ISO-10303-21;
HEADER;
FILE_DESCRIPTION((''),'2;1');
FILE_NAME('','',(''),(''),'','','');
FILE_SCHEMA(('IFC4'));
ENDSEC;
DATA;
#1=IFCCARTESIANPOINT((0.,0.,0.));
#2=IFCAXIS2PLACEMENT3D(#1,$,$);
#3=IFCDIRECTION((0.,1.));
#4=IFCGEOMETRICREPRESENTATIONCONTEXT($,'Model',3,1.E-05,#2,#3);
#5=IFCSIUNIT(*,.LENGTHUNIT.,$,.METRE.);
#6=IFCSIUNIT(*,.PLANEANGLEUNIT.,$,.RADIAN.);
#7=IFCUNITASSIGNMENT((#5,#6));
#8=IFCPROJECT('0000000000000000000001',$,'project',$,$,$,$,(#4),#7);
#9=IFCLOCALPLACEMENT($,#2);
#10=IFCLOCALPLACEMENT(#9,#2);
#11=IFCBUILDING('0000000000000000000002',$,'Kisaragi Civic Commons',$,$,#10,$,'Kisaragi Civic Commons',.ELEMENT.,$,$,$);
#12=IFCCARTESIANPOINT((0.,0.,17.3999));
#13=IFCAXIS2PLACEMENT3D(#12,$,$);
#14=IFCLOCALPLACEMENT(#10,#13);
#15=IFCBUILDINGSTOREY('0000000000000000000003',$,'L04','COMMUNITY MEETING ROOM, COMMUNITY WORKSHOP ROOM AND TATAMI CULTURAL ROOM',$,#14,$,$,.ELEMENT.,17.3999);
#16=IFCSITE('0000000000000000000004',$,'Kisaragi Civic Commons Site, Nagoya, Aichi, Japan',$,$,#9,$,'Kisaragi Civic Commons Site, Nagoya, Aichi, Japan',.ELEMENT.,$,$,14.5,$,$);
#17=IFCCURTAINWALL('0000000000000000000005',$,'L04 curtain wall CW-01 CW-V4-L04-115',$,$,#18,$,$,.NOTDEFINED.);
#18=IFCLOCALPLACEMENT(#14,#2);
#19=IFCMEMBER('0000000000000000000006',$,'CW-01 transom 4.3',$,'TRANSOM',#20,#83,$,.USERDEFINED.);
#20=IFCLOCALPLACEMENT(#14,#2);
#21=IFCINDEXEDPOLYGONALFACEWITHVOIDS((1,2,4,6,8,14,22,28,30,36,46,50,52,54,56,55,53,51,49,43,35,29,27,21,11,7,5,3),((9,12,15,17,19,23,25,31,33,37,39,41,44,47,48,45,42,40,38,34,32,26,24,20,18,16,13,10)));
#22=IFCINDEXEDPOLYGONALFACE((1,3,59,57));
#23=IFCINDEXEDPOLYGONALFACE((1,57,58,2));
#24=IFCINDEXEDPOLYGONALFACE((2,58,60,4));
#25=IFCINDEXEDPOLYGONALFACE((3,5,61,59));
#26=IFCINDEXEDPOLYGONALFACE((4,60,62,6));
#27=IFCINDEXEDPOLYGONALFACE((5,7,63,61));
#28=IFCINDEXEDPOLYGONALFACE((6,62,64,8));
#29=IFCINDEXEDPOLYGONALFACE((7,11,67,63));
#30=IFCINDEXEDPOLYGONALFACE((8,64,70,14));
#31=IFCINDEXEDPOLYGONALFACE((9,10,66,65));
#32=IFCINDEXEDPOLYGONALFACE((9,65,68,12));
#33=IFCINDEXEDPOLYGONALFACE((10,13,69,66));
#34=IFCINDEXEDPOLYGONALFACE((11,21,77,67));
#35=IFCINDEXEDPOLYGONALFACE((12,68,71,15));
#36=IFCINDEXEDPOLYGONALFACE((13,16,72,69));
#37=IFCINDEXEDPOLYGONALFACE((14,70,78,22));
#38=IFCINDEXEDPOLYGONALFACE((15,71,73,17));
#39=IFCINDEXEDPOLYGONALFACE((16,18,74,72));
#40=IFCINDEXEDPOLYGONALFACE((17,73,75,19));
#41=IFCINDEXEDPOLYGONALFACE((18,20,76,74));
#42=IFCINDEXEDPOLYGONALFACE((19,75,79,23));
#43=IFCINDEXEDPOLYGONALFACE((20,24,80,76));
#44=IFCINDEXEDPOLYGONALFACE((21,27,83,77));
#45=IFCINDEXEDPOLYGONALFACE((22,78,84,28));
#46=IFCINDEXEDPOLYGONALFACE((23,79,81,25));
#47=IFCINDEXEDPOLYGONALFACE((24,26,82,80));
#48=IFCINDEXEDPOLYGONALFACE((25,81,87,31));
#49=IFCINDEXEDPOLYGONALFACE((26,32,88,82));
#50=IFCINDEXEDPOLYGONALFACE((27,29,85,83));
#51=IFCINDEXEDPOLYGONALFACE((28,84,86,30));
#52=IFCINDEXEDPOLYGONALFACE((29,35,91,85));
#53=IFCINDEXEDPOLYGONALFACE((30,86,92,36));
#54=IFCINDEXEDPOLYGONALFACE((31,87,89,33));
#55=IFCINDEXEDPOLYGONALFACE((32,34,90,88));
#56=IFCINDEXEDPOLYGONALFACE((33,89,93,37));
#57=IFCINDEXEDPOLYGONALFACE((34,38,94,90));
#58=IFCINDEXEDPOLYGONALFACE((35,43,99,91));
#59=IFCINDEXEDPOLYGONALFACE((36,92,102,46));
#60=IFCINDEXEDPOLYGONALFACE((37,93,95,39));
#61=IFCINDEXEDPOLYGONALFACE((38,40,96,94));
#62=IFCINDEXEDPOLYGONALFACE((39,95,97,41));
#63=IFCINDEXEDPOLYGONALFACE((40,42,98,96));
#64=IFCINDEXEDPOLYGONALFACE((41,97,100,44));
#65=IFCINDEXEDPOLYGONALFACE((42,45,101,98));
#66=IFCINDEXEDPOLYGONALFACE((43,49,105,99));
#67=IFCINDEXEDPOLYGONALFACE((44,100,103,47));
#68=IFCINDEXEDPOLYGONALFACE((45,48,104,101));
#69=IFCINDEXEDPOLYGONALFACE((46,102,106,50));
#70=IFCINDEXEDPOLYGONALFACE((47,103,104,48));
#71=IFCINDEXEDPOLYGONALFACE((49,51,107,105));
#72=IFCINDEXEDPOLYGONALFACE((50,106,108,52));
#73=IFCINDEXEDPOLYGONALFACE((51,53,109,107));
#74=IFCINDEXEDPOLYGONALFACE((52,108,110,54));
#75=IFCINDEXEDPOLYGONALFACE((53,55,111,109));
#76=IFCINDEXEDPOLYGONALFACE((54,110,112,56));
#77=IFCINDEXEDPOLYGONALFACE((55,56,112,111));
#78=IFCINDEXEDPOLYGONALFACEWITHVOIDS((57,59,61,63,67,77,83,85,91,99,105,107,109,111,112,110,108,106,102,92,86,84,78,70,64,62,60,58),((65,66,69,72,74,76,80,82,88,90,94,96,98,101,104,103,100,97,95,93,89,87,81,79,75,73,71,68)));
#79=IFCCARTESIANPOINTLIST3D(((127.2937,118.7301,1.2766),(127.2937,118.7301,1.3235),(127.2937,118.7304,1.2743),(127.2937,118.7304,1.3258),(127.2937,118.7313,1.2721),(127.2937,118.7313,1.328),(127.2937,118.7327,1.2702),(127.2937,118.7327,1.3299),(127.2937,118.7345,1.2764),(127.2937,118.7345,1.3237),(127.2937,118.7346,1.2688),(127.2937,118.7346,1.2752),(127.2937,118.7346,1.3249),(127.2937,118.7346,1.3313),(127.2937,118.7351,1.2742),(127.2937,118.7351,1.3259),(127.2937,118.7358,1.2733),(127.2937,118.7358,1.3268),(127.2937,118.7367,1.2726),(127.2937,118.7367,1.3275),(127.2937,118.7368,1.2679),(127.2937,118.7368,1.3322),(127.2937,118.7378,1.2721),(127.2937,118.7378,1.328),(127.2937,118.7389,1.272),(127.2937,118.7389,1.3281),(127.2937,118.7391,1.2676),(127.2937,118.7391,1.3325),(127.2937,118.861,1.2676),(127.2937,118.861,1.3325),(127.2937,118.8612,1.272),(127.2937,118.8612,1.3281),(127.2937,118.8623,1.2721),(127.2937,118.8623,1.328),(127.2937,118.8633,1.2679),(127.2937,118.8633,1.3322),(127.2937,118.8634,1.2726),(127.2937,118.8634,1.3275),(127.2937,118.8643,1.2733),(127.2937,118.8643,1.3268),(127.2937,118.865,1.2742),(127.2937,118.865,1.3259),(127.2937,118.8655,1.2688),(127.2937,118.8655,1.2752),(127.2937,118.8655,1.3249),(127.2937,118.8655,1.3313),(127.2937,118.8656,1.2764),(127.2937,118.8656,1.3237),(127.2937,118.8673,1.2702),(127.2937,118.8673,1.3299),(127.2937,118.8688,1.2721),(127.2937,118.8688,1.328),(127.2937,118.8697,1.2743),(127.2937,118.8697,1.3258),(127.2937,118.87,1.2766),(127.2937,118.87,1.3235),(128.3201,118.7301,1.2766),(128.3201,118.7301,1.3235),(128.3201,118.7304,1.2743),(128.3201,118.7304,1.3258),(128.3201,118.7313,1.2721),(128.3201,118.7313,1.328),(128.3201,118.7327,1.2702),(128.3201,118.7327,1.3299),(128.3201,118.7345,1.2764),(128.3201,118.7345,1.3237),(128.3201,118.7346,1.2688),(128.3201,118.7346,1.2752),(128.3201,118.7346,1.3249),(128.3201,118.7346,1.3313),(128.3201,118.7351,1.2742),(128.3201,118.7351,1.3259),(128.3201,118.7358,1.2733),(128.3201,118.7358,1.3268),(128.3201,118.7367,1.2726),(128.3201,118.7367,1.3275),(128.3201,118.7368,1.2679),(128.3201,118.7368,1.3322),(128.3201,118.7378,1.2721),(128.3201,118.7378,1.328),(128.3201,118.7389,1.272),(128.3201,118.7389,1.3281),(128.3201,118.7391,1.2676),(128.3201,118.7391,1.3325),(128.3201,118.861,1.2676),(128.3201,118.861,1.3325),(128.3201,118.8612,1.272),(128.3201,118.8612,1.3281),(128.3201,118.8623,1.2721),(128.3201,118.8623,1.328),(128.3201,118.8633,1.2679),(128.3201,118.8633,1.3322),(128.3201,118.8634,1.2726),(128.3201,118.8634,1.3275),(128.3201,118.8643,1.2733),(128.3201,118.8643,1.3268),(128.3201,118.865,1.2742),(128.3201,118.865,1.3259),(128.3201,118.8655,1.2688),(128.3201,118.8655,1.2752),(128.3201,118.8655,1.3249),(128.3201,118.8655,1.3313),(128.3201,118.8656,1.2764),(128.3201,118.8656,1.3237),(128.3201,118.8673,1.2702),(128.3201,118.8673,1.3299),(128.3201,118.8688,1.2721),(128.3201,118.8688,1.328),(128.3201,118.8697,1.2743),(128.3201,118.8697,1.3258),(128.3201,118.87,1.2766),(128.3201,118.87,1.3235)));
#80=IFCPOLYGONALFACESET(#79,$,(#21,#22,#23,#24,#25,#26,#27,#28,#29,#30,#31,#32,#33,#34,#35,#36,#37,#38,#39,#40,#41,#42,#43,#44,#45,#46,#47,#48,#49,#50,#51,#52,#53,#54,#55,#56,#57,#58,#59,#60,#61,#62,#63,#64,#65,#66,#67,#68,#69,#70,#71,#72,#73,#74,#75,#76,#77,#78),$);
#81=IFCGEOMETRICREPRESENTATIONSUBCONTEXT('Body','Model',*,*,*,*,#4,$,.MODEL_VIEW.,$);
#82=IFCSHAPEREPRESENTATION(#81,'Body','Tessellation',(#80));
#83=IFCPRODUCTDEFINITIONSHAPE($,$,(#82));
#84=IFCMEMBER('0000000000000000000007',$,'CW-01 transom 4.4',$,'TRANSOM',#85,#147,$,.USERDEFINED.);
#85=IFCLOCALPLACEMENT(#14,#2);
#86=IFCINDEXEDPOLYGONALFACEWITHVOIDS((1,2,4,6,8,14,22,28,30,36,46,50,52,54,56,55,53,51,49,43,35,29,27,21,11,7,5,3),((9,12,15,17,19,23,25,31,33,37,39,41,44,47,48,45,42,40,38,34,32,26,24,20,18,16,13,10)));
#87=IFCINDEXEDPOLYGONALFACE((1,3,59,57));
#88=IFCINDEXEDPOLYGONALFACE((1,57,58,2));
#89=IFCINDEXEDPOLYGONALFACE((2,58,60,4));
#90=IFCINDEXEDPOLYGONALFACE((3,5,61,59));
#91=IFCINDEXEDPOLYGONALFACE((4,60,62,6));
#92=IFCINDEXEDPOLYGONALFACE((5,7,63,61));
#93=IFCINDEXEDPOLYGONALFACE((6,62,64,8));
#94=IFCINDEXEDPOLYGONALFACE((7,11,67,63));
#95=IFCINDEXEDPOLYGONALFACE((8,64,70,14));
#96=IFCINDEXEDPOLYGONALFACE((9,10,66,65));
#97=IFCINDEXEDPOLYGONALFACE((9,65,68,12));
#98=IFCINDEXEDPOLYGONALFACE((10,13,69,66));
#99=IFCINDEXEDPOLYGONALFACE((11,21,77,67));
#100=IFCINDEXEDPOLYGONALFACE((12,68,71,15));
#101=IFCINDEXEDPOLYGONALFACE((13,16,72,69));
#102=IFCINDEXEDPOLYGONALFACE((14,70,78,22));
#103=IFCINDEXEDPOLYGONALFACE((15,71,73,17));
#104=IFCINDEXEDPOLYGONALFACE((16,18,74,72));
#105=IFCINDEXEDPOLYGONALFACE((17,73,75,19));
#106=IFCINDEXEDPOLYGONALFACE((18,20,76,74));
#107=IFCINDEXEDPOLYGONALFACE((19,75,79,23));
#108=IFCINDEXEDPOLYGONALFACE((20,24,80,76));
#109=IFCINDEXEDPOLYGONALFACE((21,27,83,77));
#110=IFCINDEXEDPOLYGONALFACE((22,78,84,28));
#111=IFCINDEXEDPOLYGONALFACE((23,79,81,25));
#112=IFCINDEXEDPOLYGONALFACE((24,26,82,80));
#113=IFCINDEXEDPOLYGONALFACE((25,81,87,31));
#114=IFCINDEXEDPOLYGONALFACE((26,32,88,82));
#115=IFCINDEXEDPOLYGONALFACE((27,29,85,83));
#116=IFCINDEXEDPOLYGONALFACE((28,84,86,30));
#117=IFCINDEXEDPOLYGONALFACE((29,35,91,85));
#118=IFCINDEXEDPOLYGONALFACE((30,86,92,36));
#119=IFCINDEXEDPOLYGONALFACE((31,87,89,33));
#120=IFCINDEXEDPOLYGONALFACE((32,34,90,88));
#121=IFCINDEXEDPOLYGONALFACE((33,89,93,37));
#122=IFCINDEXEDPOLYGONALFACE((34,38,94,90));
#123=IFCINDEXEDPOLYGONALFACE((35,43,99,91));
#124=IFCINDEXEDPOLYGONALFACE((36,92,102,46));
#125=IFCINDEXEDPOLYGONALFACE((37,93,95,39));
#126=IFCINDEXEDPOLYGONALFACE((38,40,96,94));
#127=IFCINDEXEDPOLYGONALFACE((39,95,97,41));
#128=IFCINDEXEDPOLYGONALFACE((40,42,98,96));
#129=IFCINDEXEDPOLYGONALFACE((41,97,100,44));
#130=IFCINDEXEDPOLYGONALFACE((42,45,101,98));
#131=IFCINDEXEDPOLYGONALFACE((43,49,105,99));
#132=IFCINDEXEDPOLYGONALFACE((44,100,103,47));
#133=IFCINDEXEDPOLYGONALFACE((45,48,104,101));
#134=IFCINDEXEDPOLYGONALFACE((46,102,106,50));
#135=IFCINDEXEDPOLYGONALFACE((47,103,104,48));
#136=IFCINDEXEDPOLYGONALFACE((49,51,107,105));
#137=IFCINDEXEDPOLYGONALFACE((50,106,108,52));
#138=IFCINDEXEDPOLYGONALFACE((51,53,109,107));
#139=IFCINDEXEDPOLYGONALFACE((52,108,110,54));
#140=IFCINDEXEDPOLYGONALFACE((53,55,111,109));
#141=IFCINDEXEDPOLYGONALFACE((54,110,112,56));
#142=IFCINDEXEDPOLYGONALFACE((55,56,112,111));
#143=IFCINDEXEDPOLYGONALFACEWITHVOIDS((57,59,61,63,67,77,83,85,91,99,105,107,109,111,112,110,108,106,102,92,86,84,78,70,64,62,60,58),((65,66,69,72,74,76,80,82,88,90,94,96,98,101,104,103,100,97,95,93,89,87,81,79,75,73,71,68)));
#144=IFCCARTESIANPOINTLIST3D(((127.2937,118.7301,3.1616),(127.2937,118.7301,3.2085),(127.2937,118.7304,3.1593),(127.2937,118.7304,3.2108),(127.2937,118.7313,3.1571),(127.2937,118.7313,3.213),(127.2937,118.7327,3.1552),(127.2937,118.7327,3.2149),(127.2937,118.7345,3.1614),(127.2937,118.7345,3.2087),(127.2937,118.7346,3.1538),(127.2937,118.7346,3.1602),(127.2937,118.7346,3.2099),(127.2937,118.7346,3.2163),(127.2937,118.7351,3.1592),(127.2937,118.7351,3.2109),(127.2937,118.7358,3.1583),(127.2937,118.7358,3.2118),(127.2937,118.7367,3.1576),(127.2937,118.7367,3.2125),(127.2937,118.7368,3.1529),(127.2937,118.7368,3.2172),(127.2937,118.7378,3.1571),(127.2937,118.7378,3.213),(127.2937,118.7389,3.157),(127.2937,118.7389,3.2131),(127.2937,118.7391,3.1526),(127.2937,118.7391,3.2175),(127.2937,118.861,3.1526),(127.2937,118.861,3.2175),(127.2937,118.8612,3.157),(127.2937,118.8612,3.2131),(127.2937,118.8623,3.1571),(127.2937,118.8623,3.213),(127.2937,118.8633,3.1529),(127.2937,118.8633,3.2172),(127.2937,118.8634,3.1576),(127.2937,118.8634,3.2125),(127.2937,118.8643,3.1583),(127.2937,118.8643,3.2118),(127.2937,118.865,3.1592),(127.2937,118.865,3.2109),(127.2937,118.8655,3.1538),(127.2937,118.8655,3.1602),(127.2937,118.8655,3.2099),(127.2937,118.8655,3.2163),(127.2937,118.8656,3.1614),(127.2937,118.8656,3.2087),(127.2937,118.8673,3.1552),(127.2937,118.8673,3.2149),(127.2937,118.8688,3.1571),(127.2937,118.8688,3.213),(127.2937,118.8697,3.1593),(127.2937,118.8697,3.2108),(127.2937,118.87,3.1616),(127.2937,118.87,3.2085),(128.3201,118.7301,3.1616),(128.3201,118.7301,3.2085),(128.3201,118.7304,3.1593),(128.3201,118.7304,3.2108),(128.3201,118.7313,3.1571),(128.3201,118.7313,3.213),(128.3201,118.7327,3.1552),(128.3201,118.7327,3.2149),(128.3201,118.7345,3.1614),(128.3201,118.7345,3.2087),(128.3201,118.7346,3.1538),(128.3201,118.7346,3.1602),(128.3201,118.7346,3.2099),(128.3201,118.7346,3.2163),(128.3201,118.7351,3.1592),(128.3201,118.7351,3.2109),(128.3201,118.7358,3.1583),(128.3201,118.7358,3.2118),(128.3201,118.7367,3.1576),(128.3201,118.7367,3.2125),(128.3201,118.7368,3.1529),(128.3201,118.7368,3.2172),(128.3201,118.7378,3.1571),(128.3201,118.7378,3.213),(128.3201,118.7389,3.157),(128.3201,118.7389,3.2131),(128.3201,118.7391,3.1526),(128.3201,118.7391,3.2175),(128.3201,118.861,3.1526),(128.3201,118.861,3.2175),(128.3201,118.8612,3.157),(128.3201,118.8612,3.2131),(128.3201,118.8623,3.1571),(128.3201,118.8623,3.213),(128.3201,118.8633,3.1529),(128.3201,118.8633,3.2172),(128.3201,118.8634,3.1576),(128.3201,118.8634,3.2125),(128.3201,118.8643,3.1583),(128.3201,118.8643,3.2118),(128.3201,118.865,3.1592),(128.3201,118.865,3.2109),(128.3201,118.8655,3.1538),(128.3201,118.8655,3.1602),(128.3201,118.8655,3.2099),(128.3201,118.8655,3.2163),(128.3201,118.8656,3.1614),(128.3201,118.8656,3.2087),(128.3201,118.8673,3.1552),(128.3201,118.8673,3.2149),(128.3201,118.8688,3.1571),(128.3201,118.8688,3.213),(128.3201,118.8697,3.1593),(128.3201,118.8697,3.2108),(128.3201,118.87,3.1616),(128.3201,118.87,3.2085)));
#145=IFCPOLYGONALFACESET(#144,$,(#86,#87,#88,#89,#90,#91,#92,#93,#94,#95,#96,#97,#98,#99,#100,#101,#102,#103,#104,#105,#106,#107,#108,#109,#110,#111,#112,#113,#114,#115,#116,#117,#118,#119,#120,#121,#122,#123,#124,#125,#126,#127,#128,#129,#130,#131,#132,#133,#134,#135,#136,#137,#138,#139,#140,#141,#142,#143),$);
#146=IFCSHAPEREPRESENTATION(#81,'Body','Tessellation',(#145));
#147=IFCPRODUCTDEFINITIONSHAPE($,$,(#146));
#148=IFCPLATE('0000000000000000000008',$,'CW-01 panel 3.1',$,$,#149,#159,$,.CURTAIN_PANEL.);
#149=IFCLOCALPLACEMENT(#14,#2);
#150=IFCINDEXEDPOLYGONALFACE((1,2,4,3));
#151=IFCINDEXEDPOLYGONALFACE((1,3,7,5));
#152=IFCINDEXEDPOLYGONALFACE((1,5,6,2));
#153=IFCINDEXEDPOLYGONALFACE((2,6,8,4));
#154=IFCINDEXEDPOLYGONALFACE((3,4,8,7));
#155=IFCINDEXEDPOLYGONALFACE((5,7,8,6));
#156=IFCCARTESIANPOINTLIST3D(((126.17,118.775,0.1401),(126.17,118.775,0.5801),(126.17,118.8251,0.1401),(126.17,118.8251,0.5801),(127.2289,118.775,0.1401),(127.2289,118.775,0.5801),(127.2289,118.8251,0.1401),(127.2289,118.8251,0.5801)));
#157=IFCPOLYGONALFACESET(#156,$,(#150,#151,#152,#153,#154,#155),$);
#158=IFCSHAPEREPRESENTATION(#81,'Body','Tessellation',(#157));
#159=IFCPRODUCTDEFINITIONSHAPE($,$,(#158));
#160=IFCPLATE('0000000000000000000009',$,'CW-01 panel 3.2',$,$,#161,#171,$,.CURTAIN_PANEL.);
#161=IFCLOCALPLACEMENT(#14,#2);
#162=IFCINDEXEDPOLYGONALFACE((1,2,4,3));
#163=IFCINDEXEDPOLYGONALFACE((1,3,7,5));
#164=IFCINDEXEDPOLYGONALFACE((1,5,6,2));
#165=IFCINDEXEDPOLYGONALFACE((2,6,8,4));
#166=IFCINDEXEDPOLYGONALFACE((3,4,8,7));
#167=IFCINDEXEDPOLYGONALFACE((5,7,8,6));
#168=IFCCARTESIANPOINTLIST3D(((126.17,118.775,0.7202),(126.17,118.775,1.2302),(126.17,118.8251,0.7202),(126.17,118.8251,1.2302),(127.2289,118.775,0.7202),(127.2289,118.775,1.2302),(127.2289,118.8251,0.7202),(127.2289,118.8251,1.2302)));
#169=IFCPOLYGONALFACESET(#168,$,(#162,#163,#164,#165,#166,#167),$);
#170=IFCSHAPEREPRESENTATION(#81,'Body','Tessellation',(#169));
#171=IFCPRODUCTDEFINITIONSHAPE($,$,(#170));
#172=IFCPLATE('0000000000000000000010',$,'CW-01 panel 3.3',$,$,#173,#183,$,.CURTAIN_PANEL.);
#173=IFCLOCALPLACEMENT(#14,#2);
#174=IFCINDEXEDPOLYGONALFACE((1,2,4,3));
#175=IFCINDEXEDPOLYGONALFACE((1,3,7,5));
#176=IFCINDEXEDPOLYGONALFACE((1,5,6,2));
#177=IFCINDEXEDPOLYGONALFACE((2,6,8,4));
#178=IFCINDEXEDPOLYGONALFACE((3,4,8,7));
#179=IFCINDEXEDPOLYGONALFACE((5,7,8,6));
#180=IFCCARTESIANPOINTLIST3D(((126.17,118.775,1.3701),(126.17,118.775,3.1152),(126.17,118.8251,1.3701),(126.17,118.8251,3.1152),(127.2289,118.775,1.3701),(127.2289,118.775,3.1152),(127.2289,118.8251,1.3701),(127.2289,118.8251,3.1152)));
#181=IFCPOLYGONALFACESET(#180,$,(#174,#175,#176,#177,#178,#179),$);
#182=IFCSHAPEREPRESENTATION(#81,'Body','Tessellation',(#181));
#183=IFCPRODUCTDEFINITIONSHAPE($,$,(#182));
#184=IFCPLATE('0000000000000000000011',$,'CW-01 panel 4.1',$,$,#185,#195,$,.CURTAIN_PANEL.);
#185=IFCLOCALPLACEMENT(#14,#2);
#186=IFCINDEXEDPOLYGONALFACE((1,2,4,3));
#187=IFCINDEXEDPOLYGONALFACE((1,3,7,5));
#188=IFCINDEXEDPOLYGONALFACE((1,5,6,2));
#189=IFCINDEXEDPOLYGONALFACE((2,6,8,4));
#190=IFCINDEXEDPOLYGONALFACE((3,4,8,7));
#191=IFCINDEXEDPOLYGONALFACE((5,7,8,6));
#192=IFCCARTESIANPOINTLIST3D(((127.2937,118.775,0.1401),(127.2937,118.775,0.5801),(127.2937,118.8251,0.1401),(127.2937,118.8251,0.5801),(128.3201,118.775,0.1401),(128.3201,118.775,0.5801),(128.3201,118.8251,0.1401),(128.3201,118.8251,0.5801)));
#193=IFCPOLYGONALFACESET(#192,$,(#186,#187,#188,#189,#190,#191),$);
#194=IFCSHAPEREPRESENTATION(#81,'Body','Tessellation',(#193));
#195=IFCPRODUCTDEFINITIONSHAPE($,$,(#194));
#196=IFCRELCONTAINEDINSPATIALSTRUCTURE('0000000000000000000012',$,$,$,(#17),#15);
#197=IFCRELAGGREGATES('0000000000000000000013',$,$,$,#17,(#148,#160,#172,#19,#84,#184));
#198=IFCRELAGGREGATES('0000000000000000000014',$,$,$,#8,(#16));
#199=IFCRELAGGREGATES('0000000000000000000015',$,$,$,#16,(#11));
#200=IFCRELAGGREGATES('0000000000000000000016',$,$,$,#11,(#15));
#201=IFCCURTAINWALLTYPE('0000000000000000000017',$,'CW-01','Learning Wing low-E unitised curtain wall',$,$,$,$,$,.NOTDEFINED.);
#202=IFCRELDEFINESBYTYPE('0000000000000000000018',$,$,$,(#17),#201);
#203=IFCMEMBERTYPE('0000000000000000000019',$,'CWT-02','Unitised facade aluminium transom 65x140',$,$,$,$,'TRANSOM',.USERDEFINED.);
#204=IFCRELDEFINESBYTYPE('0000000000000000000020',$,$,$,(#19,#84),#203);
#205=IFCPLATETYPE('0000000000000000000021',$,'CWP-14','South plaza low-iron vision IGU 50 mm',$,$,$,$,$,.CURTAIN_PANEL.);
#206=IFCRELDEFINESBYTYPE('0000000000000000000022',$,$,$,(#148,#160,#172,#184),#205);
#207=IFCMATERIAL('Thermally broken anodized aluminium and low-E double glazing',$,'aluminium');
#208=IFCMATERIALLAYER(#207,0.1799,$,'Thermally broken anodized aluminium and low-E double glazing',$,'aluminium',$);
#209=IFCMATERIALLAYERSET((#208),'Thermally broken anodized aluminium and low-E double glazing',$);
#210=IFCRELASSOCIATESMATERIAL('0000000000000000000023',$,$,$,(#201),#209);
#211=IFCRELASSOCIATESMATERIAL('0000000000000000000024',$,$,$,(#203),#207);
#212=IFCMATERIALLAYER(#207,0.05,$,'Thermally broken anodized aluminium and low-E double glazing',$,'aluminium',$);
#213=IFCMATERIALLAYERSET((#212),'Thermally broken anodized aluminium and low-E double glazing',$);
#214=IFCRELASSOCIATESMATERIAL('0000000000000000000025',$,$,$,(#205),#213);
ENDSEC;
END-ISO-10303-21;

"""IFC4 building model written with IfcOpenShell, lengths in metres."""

from ifc_helpers import new_model, si_unit, direction, frame, origin, origin_2d, place, context, subcontext, project, spatial, rectangle, hollow_rectangle, extrude, material, layer, layer_set, material_profile, profile_set, type_object, element, aggregate, save


model = new_model("IFC4")

# Units and contexts
model_context = context("Model", 3, precision=1e-05, world=origin(), true_north=direction((0.0, 1.0)))
body_context = subcontext(model_context, "Body", "Model", "MODEL_VIEW")
ifc_project = project(units=[si_unit("LENGTHUNIT", "METRE"), si_unit("PLANEANGLEUNIT", "RADIAN")], contexts=[model_context])

# Site, building, storey
site_placement = place(None, origin())
site = spatial("IfcSite", under=ifc_project, at=site_placement, Name="Kisaragi Civic Commons Site, Nagoya, Aichi, Japan", LongName="Kisaragi Civic Commons Site, Nagoya, Aichi, Japan", CompositionType="ELEMENT", RefElevation=14.5)
building_placement = place(site_placement, origin())
building = spatial("IfcBuilding", under=site, at=building_placement, Name="Kisaragi Civic Commons", LongName="Kisaragi Civic Commons", CompositionType="ELEMENT")
storey_placement = place(building_placement, frame((0.0, 0.0, 17.3999)))
storey = spatial("IfcBuildingStorey", under=building, at=storey_placement, Name="L04", Description="COMMUNITY MEETING ROOM, COMMUNITY WORKSHOP ROOM AND TATAMI CULTURAL ROOM", CompositionType="ELEMENT", Elevation=17.3999)

# Curtain wall, members, plates
ifc_material_1 = material(Name="Thermally broken anodized aluminium and low-E double glazing", Category="aluminium")
ifc_layer_1 = layer(ifc_material_1, 0.1799, Name="Thermally broken anodized aluminium and low-E double glazing", Category="aluminium")
ifc_layer_set_1 = layer_set([ifc_layer_1], Name="Thermally broken anodized aluminium and low-E double glazing")
curtain_wall_type = type_object("IfcCurtainWallType", Name="CW-01", Description="Learning Wing low-E unitised curtain wall", PredefinedType="NOTDEFINED", material=ifc_layer_set_1)
curtain_wall_placement = place(storey_placement, origin())
curtain_wall = element("IfcCurtainWall", 1, at=curtain_wall_placement, inside=storey, type_object=curtain_wall_type, Name="L04 curtain wall CW-01 CW-V4-L04-115", PredefinedType="NOTDEFINED")
ifc_material_profile_1 = material_profile(ifc_material_1, hollow_rectangle(XDim=0.1399, YDim=0.0649, WallThickness=0.0044, InnerFilletRadius=0.0044, OuterFilletRadius=0.009, at=origin_2d()), Name="CWT-65x140x4.5", Category="aluminium")
ifc_profile_set_1 = profile_set([ifc_material_profile_1], Name="Thermally broken anodized aluminium and low-E double glazing")
member_type_1 = type_object("IfcMemberType", Name="CWT-02", Description="Unitised facade aluminium transom 65x140", ElementType="TRANSOM", PredefinedType="USERDEFINED", material=ifc_profile_set_1)
member_1_placement = place(storey_placement, frame((127.2937, 118.8, 1.3), z_axis=(1.0, 0.0, 0.0), x_axis=(0.0, 1.0, 0.0)))
member_1 = element("IfcMember", 2, at=member_1_placement, type_object=member_type_1, Name="CW-01 transom 4.3", ObjectType="TRANSOM", PredefinedType="USERDEFINED", context=body_context, shape_type="SweptSolid", body=[
    extrude(hollow_rectangle(XDim=0.1399, YDim=0.0649, WallThickness=0.0044, InnerFilletRadius=0.0044, OuterFilletRadius=0.009, at=origin_2d()), origin(), (0.0, 0.0, 1.0), 1.0264),
])
member_2_placement = place(storey_placement, frame((127.2937, 118.8, 3.1851), z_axis=(1.0, 0.0, 0.0), x_axis=(0.0, 1.0, 0.0)))
member_2 = element("IfcMember", 3, at=member_2_placement, type_object=member_type_1, Name="CW-01 transom 4.4", ObjectType="TRANSOM", PredefinedType="USERDEFINED", context=body_context, shape_type="SweptSolid", body=[
    extrude(hollow_rectangle(XDim=0.1399, YDim=0.0649, WallThickness=0.0044, InnerFilletRadius=0.0044, OuterFilletRadius=0.009, at=origin_2d()), origin(), (0.0, 0.0, 1.0), 1.0264),
])
ifc_layer_2 = layer(ifc_material_1, 0.05, Name="Thermally broken anodized aluminium and low-E double glazing", Category="aluminium")
ifc_layer_set_2 = layer_set([ifc_layer_2], Name="Thermally broken anodized aluminium and low-E double glazing")
plate_type = type_object("IfcPlateType", Name="CWP-14", Description="South plaza low-iron vision IGU 50 mm", PredefinedType="CURTAIN_PANEL", material=ifc_layer_set_2)
plate_1_placement = place(storey_placement, frame((126.6995, 118.8, 0.1401), z_axis=(0.0, 0.0, 1.0), x_axis=(1.0, 0.0, 0.0)))
plate_1 = element("IfcPlate", 4, at=plate_1_placement, type_object=plate_type, Name="CW-01 panel 3.1", PredefinedType="CURTAIN_PANEL", context=body_context, shape_type="SweptSolid", body=[
    extrude(rectangle(XDim=1.0588, YDim=0.05, at=origin_2d()), origin(), (0.0, 0.0, 1.0), 0.4399),
])
plate_2_placement = place(storey_placement, frame((126.6995, 118.8, 0.7202), z_axis=(0.0, 0.0, 1.0), x_axis=(1.0, 0.0, 0.0)))
plate_2 = element("IfcPlate", 5, at=plate_2_placement, type_object=plate_type, Name="CW-01 panel 3.2", PredefinedType="CURTAIN_PANEL", context=body_context, shape_type="SweptSolid", body=[
    extrude(rectangle(XDim=1.0588, YDim=0.05, at=origin_2d()), origin(), (0.0, 0.0, 1.0), 0.51),
])
plate_3_placement = place(storey_placement, frame((126.6995, 118.8, 1.3701), z_axis=(0.0, 0.0, 1.0), x_axis=(1.0, 0.0, 0.0)))
plate_3 = element("IfcPlate", 6, at=plate_3_placement, type_object=plate_type, Name="CW-01 panel 3.3", PredefinedType="CURTAIN_PANEL", context=body_context, shape_type="SweptSolid", body=[
    extrude(rectangle(XDim=1.0588, YDim=0.05, at=origin_2d()), origin(), (0.0, 0.0, 1.0), 1.7451),
])
plate_4_placement = place(storey_placement, frame((127.8069, 118.8, 0.1401), z_axis=(0.0, 0.0, 1.0), x_axis=(1.0, 0.0, 0.0)))
plate_4 = element("IfcPlate", 7, at=plate_4_placement, type_object=plate_type, Name="CW-01 panel 4.1", PredefinedType="CURTAIN_PANEL", context=body_context, shape_type="SweptSolid", body=[
    extrude(rectangle(XDim=1.0264, YDim=0.05, at=origin_2d()), origin(), (0.0, 0.0, 1.0), 0.4399),
])
aggregate(curtain_wall, [plate_1, plate_2, plate_3, member_1, member_2, plate_4])

save(model, "model.ifc")
